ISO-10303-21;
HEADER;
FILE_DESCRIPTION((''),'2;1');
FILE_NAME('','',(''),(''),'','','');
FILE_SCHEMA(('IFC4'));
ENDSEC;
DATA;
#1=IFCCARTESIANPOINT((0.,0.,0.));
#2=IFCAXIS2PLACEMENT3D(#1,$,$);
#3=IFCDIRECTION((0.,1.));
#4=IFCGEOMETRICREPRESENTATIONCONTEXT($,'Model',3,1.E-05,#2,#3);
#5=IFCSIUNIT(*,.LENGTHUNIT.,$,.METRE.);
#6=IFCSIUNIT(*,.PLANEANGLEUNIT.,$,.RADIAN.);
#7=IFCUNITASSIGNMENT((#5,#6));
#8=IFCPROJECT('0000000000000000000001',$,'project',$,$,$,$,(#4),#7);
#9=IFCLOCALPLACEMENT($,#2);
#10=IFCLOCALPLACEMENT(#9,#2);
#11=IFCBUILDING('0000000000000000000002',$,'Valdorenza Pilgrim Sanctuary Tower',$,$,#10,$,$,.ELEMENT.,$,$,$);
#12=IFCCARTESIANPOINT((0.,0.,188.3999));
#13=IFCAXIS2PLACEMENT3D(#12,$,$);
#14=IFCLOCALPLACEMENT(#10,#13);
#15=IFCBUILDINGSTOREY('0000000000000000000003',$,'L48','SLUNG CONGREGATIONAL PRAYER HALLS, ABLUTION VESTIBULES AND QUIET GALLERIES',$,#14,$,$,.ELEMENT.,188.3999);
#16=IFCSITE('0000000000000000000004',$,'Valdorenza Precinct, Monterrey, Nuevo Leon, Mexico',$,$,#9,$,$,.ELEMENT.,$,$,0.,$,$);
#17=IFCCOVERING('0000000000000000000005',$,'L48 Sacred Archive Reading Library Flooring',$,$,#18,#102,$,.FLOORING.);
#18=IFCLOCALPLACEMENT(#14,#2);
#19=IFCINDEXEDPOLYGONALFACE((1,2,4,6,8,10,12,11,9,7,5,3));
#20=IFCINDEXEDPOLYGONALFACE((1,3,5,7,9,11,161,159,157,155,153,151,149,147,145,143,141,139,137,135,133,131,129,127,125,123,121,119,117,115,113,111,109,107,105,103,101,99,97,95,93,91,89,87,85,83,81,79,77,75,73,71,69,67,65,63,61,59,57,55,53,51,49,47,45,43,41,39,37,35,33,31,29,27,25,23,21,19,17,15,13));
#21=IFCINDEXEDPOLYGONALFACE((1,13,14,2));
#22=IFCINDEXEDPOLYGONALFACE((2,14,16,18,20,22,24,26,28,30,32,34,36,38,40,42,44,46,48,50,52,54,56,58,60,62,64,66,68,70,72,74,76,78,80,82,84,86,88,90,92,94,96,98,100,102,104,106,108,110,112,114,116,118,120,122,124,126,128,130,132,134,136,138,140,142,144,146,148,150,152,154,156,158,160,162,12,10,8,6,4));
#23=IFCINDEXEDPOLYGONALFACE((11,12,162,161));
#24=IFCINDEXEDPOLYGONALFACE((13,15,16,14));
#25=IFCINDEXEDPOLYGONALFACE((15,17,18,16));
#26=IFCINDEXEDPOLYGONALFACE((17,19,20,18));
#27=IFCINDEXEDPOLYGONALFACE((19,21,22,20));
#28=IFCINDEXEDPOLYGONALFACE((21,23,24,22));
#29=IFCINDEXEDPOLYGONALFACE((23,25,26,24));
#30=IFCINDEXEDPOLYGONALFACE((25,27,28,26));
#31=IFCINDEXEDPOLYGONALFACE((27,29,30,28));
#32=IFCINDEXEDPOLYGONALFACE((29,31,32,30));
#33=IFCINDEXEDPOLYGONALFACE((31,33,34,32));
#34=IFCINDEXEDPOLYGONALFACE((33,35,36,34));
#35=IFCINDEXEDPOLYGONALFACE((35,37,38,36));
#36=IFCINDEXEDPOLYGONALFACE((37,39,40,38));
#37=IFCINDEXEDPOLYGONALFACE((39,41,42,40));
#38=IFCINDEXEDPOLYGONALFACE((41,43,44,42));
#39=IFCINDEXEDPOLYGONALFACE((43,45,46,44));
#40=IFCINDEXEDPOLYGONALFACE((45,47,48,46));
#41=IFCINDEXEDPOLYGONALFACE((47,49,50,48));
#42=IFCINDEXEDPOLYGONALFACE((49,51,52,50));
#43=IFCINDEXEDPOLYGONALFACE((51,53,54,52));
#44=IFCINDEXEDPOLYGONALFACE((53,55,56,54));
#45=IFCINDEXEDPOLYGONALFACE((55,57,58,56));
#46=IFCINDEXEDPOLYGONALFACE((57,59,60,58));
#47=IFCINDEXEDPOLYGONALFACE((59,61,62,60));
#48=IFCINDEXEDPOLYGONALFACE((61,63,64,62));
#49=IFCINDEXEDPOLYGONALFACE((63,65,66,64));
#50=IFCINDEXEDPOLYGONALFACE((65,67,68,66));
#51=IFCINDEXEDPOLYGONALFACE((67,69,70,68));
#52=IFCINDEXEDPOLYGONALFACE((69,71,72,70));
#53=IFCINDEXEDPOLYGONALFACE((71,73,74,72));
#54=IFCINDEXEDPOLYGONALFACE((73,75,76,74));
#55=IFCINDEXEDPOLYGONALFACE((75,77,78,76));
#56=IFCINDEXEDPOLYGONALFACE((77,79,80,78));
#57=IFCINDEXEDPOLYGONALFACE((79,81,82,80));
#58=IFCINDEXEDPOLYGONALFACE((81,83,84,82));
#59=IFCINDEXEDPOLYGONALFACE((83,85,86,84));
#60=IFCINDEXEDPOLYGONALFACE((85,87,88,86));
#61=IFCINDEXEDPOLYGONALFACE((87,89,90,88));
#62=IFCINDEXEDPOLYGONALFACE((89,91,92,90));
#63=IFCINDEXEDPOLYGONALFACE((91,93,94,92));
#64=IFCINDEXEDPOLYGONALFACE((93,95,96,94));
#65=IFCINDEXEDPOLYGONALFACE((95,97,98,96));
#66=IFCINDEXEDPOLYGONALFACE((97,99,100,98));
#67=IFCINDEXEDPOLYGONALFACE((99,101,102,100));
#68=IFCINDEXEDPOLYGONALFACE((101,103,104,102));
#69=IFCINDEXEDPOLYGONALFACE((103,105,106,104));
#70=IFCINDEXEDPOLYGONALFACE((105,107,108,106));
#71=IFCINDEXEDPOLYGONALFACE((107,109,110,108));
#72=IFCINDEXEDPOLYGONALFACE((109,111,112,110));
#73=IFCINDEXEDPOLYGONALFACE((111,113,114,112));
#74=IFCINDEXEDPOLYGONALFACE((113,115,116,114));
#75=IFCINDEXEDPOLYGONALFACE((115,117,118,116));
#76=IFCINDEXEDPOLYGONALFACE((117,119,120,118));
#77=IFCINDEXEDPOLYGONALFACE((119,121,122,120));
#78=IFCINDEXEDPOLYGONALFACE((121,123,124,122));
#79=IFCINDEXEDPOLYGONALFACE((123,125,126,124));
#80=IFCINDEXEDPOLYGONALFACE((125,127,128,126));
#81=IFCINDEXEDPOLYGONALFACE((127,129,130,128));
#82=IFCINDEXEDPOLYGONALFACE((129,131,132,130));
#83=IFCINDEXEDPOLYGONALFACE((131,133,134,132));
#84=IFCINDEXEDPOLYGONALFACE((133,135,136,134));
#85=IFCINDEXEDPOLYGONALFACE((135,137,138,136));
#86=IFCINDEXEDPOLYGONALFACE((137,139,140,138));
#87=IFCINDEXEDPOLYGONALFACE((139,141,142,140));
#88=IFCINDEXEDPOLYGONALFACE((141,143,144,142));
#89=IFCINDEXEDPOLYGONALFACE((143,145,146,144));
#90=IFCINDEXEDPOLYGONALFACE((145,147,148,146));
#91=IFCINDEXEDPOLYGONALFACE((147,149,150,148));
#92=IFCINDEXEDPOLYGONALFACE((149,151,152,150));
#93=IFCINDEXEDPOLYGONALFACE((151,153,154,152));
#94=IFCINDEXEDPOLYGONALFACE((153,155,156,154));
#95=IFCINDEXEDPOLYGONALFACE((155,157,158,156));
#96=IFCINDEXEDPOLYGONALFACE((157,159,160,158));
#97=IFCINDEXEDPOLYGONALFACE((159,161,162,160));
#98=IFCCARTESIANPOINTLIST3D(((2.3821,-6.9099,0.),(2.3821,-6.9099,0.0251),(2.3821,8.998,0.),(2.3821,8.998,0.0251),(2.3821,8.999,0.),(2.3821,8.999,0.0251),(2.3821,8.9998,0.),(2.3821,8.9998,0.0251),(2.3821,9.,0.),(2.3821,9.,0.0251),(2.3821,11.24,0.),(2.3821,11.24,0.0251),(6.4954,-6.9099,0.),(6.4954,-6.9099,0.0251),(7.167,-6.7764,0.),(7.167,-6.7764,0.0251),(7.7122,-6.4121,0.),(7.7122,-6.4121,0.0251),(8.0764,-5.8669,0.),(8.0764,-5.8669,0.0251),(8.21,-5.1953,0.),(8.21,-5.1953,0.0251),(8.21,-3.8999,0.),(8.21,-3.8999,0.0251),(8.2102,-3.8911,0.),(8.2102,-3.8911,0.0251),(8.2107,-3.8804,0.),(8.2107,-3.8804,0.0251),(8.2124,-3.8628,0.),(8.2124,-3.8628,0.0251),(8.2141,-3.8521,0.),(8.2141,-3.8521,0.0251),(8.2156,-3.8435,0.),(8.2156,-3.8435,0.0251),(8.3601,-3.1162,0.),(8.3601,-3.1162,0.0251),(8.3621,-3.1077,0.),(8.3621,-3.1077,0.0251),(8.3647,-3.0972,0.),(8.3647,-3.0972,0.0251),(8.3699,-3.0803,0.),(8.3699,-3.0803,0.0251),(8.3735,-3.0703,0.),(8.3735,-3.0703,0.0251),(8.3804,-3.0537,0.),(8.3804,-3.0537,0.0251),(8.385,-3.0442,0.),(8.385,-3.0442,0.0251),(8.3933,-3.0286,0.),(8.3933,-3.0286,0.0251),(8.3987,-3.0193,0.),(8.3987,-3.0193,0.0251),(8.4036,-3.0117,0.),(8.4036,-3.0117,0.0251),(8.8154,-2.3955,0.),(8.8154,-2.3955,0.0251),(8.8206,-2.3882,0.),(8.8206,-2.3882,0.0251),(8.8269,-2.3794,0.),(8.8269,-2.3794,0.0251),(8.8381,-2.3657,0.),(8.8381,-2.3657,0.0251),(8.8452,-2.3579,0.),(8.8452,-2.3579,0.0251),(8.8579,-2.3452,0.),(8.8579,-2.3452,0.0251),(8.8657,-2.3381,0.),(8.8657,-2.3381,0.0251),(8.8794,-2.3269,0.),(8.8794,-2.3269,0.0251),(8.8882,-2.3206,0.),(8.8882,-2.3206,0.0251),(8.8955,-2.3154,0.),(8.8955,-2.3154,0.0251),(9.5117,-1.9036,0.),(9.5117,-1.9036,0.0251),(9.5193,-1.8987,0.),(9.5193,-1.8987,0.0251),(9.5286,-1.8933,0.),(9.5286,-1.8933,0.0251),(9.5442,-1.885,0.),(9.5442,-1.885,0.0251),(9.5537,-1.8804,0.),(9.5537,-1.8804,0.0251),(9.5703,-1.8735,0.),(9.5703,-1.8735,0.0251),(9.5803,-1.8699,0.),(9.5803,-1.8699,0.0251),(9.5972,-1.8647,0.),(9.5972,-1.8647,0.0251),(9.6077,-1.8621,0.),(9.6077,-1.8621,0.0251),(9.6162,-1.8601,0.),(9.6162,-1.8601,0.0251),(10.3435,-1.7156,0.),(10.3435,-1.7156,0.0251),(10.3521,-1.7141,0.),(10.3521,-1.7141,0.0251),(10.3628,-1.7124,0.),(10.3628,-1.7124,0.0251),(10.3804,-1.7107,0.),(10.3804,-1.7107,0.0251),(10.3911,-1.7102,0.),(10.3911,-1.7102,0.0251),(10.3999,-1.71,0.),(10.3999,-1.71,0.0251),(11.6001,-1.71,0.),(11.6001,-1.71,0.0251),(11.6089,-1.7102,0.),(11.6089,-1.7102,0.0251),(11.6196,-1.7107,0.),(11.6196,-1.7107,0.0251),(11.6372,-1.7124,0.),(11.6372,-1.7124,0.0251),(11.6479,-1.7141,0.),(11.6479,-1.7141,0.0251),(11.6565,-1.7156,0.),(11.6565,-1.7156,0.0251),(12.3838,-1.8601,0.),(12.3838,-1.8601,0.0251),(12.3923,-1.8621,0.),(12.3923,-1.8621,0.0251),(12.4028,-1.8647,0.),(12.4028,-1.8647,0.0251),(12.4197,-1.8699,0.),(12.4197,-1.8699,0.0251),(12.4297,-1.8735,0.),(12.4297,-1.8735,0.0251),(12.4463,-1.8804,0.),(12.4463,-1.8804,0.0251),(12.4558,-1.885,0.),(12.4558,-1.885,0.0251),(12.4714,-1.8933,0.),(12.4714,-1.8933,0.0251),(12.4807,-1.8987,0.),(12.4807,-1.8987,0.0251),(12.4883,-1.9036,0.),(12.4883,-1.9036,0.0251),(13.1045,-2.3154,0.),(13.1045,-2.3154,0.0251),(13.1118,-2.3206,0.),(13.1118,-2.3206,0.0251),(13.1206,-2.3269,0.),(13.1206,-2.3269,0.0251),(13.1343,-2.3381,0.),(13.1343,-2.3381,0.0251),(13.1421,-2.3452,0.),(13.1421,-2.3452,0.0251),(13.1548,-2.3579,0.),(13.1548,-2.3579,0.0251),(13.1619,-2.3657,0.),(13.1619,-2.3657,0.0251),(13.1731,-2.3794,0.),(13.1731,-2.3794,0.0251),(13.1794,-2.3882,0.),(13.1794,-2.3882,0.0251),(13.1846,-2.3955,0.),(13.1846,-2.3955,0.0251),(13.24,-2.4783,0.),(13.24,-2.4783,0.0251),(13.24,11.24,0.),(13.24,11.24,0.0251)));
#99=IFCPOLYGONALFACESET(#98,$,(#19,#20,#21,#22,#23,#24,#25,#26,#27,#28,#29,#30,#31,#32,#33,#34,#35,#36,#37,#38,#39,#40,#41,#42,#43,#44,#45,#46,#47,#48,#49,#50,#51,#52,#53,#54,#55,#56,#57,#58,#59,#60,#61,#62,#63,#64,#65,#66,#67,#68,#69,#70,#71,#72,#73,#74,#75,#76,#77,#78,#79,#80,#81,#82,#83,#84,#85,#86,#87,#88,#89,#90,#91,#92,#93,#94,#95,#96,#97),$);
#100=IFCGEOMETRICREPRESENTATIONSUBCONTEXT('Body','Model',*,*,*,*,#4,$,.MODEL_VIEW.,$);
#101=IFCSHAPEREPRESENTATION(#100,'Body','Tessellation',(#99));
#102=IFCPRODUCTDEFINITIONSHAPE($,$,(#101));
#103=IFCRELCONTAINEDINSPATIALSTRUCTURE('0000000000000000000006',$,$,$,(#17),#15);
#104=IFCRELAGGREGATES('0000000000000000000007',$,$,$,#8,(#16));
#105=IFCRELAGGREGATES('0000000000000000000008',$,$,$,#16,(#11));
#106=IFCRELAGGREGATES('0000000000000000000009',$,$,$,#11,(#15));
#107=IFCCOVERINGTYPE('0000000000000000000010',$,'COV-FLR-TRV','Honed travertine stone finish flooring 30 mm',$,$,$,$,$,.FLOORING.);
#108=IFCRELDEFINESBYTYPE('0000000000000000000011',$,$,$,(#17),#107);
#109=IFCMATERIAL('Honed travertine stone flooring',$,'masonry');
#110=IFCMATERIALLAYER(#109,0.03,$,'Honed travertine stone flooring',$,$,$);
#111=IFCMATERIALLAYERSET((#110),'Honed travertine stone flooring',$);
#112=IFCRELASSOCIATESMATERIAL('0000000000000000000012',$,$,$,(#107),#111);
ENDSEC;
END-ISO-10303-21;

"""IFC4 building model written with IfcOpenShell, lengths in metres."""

from ifc_helpers import new_model, si_unit, direction, frame, origin, place, context, subcontext, project, spatial, polyline, outline, extrude, material, layer, layer_set, type_object, element, save


model = new_model("IFC4")

# Units and contexts
model_context = context("Model", 3, precision=1e-05, world=origin(), true_north=direction((0.0, 1.0)))
body_context = subcontext(model_context, "Body", "Model", "MODEL_VIEW")
ifc_project = project(units=[si_unit("LENGTHUNIT", "METRE"), si_unit("PLANEANGLEUNIT", "RADIAN")], contexts=[model_context])

# Site, building, storey
site_placement = place(None, origin())
site = spatial("IfcSite", under=ifc_project, at=site_placement, Name="Valdorenza Precinct, Monterrey, Nuevo Leon, Mexico", CompositionType="ELEMENT", RefElevation=0.0)
building_placement = place(site_placement, origin())
building = spatial("IfcBuilding", under=site, at=building_placement, Name="Valdorenza Pilgrim Sanctuary Tower", CompositionType="ELEMENT")
storey_placement = place(building_placement, frame((0.0, 0.0, 188.3999)))
storey = spatial("IfcBuildingStorey", under=building, at=storey_placement, Name="L48", Description="SLUNG CONGREGATIONAL PRAYER HALLS, ABLUTION VESTIBULES AND QUIET GALLERIES", CompositionType="ELEMENT", Elevation=188.3999)

# Covering
ifc_material_1 = material(Name="Honed travertine stone flooring", Category="masonry")
ifc_layer_1 = layer(ifc_material_1, 0.03, Name="Honed travertine stone flooring")
ifc_layer_set_1 = layer_set([ifc_layer_1], Name="Honed travertine stone flooring")
covering_type_1 = type_object("IfcCoveringType", Name="COV-FLR-TRV", Description="Honed travertine stone finish flooring 30 mm", PredefinedType="FLOORING", material=ifc_layer_set_1)
covering_1_placement = place(storey_placement, origin())
element("IfcCovering", 1, at=covering_1_placement, inside=storey, type_object=covering_type_1, Name="L48 Sacred Archive Reading Library Flooring", PredefinedType="FLOORING", context=body_context, shape_type="SweptSolid", body=[
    extrude(outline(polyline([(2.3821, 8.9998), (2.3821, 9.0), (2.3821, 11.24), (13.24, 11.24), (13.24, -2.4783), (13.1846, -2.3955), (13.1794, -2.3882), (13.1731, -2.3794), (13.1619, -2.3657), (13.1548, -2.3579), (13.1421, -2.3452), (13.1343, -2.3381), (13.1206, -2.3269), (13.1118, -2.3206), (13.1045, -2.3154), (12.4883, -1.9036), (12.4807, -1.8987), (12.4714, -1.8933), (12.4558, -1.885), (12.4463, -1.8804), (12.4297, -1.8735), (12.4197, -1.8699), (12.4028, -1.8647), (12.3923, -1.8621), (12.3838, -1.8601), (11.6565, -1.7156), (11.6479, -1.7141), (11.6372, -1.7124), (11.6196, -1.7107), (11.6089, -1.7102), (11.6001, -1.71), (10.3999, -1.71), (10.3911, -1.7102), (10.3804, -1.7107), (10.3628, -1.7124), (10.3521, -1.7141), (10.3435, -1.7156), (9.6162, -1.8601), (9.6077, -1.8621), (9.5972, -1.8647), (9.5803, -1.8699), (9.5703, -1.8735), (9.5537, -1.8804), (9.5442, -1.885), (9.5286, -1.8933), (9.5193, -1.8987), (9.5117, -1.9036), (8.8955, -2.3154), (8.8882, -2.3206), (8.8794, -2.3269), (8.8657, -2.3381), (8.8579, -2.3452), (8.8452, -2.3579), (8.8381, -2.3657), (8.8269, -2.3794), (8.8206, -2.3882), (8.8154, -2.3955), (8.4036, -3.0117), (8.3987, -3.0193), (8.3933, -3.0286), (8.385, -3.0442), (8.3804, -3.0537), (8.3735, -3.0703), (8.3699, -3.0803), (8.3647, -3.0972), (8.3621, -3.1077), (8.3601, -3.1162), (8.2156, -3.8435), (8.2141, -3.8521), (8.2124, -3.8628), (8.2107, -3.8804), (8.2102, -3.8911), (8.21, -3.8999), (8.21, -5.1953), (8.0764, -5.8669), (7.7122, -6.4121), (7.167, -6.7764), (6.4954, -6.9099), (2.3821, -6.9099), (2.3821, 8.998), (2.3821, 8.999), (2.3821, 8.9998)])), origin(), (0.0, 0.0, 1.0), 0.0251),
])

save(model, "model.ifc")
